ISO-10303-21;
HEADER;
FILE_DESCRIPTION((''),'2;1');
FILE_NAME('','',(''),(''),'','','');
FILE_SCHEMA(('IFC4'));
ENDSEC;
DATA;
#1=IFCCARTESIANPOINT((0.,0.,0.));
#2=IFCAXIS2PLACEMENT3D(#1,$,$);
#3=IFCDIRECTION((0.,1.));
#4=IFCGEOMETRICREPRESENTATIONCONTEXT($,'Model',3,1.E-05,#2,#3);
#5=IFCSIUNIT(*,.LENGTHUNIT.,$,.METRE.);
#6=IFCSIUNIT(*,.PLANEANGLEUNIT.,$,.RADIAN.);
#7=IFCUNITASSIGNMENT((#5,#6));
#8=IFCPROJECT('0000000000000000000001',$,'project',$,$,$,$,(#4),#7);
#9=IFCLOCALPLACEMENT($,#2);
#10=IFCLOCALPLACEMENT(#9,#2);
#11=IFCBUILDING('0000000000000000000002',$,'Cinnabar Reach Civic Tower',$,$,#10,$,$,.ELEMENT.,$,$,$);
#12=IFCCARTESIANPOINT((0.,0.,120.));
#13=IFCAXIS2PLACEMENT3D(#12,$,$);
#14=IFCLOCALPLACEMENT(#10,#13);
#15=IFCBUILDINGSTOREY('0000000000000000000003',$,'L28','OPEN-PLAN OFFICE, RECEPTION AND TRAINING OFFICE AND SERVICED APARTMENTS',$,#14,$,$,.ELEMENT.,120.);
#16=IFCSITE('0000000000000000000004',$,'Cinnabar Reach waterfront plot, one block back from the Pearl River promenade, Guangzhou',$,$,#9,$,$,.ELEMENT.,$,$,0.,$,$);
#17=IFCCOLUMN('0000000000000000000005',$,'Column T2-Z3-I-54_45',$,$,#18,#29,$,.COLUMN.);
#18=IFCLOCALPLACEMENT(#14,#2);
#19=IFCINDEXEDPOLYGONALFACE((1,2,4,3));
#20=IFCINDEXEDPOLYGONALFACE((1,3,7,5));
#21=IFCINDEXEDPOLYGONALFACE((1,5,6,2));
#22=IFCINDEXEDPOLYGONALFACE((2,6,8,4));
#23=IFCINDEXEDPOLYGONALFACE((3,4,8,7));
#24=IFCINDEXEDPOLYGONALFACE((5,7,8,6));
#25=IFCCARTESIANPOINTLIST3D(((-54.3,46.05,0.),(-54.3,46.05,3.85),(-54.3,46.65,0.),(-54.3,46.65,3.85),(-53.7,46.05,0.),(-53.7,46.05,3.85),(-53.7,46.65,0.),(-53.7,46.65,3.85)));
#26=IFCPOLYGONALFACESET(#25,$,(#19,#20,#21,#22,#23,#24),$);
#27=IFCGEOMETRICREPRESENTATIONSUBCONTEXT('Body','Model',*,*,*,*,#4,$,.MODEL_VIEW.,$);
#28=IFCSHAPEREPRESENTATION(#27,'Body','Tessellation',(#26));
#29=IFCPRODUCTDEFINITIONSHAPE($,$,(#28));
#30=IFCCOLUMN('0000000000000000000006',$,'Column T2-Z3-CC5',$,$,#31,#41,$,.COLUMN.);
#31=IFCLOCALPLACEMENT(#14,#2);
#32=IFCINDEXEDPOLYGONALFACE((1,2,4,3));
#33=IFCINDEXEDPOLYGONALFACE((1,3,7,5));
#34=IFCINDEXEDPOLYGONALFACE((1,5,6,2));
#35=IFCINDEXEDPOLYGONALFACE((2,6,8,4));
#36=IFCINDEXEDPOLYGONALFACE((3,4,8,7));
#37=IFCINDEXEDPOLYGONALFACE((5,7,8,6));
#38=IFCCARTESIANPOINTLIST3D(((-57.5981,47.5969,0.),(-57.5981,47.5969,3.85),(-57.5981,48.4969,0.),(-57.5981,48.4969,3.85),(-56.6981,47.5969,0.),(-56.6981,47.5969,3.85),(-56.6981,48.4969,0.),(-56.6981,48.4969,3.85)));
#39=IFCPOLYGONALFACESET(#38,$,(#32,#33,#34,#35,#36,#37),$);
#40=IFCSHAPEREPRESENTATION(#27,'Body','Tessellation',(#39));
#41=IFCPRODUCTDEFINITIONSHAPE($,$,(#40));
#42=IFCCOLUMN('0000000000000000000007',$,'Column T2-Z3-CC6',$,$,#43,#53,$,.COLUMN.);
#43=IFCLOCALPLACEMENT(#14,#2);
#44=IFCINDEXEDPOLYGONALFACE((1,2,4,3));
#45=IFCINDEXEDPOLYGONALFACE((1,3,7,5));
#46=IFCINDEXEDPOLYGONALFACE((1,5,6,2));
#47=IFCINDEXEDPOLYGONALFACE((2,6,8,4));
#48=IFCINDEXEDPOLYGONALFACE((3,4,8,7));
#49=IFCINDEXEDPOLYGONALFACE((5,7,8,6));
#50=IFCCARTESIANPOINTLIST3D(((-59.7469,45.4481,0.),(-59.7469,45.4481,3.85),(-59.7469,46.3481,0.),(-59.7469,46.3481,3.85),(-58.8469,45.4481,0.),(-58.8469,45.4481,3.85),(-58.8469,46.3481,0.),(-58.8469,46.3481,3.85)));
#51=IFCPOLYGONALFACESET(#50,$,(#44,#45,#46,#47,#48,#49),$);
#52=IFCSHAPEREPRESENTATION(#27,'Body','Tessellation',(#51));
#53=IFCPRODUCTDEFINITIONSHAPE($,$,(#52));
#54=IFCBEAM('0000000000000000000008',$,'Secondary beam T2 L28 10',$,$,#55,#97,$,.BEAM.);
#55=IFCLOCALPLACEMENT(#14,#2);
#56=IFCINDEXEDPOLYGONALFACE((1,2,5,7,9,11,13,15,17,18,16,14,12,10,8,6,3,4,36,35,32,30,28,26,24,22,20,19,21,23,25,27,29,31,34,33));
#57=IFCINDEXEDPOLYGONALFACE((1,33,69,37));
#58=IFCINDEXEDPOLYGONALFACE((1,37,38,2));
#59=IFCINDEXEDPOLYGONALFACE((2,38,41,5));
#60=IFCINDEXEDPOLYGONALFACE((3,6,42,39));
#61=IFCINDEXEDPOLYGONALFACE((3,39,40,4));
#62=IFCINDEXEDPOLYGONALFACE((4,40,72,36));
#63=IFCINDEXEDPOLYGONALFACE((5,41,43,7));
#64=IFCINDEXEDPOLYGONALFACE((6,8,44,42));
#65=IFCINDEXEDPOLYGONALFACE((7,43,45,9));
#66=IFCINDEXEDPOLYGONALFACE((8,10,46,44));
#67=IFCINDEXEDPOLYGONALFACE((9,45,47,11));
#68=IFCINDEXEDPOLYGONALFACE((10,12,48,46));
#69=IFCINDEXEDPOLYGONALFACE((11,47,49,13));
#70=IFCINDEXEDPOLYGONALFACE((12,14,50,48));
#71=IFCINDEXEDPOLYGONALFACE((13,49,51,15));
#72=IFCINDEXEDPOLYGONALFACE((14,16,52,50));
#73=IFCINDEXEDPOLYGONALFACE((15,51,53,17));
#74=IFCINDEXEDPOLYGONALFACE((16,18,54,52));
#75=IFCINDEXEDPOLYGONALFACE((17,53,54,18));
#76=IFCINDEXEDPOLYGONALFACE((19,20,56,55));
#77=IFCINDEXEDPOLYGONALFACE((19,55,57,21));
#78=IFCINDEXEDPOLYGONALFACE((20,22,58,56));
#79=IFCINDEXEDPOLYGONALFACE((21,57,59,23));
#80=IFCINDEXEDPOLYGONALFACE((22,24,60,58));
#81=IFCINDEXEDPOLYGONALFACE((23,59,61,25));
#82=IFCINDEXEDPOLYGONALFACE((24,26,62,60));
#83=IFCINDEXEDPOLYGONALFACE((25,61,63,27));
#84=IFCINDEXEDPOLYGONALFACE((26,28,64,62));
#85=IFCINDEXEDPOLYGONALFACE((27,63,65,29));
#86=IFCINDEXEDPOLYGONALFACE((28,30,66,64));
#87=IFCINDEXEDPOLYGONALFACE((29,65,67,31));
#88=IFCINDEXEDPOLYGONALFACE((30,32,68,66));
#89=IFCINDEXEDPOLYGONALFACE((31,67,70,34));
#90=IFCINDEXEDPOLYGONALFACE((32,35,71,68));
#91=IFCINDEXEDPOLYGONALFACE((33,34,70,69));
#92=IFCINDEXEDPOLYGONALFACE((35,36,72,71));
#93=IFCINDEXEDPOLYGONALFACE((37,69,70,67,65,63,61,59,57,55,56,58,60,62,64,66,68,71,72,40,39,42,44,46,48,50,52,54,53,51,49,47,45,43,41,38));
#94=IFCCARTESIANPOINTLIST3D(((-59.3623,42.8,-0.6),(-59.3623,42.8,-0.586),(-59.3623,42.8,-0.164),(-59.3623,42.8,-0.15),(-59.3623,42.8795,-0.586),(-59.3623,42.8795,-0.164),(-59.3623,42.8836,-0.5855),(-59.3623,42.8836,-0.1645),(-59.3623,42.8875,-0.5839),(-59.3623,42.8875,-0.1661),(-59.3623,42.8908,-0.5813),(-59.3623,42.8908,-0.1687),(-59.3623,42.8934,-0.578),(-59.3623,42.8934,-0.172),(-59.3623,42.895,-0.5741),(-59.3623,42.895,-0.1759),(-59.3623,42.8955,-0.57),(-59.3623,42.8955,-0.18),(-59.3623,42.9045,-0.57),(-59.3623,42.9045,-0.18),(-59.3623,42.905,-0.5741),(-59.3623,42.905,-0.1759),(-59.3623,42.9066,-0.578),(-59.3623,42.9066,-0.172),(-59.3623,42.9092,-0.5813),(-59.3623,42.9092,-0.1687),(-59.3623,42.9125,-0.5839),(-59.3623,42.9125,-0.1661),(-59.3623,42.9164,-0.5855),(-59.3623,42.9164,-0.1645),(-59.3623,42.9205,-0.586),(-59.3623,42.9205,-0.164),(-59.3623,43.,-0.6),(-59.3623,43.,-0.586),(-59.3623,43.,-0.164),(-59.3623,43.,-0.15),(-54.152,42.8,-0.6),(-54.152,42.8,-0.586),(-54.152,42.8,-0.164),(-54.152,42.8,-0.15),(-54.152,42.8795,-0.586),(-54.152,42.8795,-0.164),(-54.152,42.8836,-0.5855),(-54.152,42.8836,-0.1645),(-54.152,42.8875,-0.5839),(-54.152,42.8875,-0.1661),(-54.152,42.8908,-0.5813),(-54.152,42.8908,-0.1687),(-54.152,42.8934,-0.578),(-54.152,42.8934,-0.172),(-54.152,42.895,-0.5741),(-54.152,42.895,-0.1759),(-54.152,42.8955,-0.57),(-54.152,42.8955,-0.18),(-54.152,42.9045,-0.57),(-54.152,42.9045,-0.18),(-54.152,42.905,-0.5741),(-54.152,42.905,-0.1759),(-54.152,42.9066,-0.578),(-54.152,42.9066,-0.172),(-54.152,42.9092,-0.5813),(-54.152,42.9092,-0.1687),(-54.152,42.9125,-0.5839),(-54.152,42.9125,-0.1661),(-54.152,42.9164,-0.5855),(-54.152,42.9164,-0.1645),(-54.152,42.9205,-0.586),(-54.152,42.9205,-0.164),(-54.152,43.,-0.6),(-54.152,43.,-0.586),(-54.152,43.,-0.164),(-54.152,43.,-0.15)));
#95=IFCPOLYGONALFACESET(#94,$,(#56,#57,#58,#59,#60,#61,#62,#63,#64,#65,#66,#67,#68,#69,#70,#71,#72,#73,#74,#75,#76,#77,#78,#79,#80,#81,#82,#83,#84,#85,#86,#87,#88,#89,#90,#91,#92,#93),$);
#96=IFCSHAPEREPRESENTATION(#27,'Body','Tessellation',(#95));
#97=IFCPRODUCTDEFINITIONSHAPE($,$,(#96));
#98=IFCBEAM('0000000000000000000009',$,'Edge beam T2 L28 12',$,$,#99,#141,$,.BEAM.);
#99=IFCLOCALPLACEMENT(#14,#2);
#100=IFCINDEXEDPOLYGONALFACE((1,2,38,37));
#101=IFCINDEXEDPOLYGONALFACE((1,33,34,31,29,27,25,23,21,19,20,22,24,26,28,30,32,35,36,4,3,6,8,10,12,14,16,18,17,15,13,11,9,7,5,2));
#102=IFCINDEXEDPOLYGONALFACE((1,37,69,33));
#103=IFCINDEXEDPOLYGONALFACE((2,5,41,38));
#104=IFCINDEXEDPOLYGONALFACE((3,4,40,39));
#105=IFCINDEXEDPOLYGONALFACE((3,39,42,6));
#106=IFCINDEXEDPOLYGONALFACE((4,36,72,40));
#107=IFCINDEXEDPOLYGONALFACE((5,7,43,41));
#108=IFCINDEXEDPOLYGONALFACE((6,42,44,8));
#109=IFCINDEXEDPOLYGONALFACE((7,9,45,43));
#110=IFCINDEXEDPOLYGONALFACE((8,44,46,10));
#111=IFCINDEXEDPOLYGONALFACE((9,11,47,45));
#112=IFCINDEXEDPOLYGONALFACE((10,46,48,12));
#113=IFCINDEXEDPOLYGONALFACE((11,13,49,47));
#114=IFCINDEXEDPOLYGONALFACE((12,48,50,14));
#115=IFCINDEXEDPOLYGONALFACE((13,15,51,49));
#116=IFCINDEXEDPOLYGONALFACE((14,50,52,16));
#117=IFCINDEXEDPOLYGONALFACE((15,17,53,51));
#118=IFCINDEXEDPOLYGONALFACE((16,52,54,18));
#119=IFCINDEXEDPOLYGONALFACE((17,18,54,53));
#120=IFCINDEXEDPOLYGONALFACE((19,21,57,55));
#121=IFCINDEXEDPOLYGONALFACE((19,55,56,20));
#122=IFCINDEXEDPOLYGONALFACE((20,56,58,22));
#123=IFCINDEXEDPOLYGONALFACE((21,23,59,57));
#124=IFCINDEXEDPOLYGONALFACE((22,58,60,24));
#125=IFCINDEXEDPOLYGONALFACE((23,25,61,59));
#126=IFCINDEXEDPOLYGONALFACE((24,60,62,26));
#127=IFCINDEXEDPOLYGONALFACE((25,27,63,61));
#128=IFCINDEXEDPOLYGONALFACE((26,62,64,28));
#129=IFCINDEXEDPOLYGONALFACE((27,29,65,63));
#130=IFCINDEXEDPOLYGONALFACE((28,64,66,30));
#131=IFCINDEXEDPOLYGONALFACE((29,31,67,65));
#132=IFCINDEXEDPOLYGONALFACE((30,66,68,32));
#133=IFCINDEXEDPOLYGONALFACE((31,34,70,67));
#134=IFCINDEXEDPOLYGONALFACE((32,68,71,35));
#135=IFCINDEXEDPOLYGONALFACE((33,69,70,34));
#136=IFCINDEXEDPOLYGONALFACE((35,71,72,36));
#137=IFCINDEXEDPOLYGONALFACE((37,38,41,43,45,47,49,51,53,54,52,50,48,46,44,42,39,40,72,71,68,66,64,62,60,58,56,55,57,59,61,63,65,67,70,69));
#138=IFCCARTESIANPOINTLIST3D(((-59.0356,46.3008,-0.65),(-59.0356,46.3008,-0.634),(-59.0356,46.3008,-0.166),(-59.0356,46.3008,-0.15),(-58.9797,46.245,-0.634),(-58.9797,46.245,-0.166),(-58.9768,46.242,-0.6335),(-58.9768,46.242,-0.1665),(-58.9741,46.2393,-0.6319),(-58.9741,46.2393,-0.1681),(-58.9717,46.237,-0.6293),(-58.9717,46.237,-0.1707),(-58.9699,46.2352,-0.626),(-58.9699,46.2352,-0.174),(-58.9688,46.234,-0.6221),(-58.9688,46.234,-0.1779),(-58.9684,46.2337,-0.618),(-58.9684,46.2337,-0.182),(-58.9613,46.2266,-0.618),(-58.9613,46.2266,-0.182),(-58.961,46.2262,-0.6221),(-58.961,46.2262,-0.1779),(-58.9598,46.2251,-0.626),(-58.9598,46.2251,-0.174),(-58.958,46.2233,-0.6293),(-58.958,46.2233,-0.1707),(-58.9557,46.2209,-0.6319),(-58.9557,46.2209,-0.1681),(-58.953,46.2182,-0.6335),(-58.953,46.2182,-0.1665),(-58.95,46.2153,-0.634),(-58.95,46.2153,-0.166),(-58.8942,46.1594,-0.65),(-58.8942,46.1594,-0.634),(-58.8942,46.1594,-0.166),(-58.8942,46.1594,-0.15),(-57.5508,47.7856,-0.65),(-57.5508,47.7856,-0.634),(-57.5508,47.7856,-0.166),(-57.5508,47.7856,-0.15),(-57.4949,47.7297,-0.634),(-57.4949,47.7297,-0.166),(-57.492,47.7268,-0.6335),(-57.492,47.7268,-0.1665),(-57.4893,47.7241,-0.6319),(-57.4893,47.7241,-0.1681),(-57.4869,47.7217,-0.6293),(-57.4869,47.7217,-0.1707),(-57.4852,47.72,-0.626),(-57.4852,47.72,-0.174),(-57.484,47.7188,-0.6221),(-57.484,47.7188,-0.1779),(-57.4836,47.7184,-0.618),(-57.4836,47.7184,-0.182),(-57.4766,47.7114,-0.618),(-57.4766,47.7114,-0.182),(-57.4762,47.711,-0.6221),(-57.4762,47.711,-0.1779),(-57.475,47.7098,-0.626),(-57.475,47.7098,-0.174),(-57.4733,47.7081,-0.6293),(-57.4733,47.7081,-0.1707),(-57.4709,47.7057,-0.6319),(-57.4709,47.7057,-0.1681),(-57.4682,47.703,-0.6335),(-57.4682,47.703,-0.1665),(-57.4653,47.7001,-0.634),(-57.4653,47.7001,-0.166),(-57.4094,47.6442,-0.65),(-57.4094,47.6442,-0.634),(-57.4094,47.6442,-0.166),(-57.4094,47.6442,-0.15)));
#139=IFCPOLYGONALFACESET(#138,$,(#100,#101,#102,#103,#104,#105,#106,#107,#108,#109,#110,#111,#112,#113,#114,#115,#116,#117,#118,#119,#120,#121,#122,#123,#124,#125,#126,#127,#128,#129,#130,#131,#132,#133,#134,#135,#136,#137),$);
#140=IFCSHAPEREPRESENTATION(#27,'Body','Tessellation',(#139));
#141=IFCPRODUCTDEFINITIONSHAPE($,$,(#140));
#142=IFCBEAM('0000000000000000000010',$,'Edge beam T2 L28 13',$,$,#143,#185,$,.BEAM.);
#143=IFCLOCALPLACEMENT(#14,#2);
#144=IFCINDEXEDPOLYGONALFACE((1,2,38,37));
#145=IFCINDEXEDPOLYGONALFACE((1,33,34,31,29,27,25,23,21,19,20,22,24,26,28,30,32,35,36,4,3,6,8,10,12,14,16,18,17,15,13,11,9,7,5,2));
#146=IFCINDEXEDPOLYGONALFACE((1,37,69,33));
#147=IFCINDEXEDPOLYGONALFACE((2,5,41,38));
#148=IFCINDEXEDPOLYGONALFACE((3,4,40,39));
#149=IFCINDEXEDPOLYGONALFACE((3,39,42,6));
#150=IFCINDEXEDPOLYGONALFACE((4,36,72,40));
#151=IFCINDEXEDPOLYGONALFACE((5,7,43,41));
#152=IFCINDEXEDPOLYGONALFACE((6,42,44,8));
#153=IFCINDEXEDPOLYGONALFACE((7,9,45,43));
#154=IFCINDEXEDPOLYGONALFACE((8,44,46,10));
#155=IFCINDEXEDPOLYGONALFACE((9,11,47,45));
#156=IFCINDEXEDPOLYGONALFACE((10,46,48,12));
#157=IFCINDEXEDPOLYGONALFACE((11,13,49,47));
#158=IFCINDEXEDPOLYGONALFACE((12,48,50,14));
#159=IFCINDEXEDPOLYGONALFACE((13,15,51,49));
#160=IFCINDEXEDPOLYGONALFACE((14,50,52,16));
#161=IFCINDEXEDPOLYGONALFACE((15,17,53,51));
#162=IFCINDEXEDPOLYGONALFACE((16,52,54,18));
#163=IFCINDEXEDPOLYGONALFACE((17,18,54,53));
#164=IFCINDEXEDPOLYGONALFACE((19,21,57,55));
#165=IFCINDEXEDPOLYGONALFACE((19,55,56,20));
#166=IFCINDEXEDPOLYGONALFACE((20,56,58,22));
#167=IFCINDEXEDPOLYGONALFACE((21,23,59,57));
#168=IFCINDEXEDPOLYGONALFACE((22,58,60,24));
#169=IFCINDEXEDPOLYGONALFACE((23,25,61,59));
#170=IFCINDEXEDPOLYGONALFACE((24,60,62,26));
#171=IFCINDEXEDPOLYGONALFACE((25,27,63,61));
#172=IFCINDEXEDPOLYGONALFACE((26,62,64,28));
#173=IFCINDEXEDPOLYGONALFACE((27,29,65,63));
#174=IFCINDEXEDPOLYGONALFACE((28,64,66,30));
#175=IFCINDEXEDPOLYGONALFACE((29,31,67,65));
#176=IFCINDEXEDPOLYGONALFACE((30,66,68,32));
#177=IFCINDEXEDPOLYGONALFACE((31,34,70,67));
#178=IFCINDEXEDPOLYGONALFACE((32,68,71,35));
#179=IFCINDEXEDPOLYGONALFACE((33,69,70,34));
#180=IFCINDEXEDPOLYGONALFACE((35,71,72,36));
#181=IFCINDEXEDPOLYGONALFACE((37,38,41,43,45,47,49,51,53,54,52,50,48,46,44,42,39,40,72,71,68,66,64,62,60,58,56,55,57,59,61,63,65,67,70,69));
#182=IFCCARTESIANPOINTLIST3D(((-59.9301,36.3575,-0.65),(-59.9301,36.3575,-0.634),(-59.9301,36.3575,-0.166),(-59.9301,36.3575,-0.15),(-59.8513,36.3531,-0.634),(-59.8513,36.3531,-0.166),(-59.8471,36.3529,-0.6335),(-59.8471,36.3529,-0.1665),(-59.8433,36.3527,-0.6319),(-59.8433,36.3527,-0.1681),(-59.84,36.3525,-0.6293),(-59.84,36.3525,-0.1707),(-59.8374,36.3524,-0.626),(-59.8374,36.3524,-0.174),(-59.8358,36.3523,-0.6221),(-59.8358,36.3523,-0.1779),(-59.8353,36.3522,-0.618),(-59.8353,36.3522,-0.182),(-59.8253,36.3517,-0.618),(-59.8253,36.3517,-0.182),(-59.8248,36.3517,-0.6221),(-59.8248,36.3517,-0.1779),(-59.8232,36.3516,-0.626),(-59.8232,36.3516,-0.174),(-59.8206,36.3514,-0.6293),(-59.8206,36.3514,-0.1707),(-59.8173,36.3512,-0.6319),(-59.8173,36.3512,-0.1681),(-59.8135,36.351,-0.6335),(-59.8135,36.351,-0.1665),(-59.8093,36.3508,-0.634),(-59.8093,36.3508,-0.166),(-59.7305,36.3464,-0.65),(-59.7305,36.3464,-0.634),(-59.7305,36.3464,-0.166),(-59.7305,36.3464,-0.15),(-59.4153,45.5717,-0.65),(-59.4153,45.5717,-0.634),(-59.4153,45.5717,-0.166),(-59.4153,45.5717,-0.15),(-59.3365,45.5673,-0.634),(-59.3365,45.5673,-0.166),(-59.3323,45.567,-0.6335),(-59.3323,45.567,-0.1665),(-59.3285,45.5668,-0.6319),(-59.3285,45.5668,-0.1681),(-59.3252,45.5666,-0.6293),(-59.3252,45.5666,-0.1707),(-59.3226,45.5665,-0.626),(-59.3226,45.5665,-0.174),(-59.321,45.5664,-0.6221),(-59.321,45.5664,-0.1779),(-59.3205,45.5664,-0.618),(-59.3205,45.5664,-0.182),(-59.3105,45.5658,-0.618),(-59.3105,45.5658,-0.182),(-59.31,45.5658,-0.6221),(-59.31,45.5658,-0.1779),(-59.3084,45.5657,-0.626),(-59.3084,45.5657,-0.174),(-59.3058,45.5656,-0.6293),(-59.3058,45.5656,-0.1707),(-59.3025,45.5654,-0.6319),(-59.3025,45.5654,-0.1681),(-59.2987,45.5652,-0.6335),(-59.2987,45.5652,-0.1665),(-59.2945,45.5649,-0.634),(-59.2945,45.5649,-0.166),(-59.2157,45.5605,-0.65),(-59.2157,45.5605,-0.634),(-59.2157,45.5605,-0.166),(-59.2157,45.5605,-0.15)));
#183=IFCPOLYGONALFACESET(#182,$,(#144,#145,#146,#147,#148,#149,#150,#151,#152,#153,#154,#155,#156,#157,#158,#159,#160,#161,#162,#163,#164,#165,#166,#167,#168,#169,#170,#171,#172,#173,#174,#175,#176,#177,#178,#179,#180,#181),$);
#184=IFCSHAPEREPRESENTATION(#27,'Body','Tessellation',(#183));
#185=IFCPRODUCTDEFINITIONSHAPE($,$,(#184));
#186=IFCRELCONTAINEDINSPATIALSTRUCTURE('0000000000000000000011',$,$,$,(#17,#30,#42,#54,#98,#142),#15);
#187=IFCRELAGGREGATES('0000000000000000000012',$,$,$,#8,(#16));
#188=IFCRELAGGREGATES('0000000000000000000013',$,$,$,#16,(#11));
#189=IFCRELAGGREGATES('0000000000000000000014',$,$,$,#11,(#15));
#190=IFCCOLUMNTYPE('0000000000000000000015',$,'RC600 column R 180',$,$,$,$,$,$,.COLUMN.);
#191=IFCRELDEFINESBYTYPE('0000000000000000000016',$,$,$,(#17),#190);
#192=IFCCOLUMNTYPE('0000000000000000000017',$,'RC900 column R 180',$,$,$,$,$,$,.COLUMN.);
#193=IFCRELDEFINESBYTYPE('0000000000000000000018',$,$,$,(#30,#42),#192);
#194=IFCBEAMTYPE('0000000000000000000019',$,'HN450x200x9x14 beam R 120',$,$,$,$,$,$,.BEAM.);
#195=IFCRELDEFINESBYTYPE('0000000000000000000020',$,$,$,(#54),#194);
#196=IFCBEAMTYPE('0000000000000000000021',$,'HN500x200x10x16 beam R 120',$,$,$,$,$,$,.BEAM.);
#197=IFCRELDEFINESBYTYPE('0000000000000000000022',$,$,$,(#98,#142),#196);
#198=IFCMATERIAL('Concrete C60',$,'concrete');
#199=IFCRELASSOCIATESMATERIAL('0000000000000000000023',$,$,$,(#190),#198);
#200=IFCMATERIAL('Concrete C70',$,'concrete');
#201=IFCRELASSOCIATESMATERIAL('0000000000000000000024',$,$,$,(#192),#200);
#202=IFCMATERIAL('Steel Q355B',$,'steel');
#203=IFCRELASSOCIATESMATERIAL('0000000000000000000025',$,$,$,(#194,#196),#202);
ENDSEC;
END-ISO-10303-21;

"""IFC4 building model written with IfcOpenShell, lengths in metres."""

from ifc_helpers import new_model, si_unit, direction, frame, origin, origin_2d, place, context, subcontext, project, spatial, rectangle, i_section, extrude, material, material_profile, profile_set, type_object, element, save


model = new_model("IFC4")

# Units and contexts
model_context = context("Model", 3, precision=1e-05, world=origin(), true_north=direction((0.0, 1.0)))
body_context = subcontext(model_context, "Body", "Model", "MODEL_VIEW")
ifc_project = project(units=[si_unit("LENGTHUNIT", "METRE"), si_unit("PLANEANGLEUNIT", "RADIAN")], contexts=[model_context])

# Site, building, storey
site_placement = place(None, origin())
site = spatial("IfcSite", under=ifc_project, at=site_placement, Name="Cinnabar Reach waterfront plot, one block back from the Pearl River promenade, Guangzhou", CompositionType="ELEMENT", RefElevation=0.0)
building_placement = place(site_placement, origin())
building = spatial("IfcBuilding", under=site, at=building_placement, Name="Cinnabar Reach Civic Tower", CompositionType="ELEMENT")
storey_placement = place(building_placement, frame((0.0, 0.0, 120.0)))
storey = spatial("IfcBuildingStorey", under=building, at=storey_placement, Name="L28", Description="OPEN-PLAN OFFICE, RECEPTION AND TRAINING OFFICE AND SERVICED APARTMENTS", CompositionType="ELEMENT", Elevation=120.0)

# Columns
ifc_material_1 = material(Name="Concrete C60", Category="concrete")
ifc_material_profile_1 = material_profile(ifc_material_1, rectangle(XDim=0.6, YDim=0.6, at=origin_2d()), Name="RC600")
ifc_profile_set_1 = profile_set([ifc_material_profile_1], Name="Concrete C60")
column_type_1 = type_object("IfcColumnType", Name="RC600 column R 180", PredefinedType="COLUMN", material=ifc_profile_set_1)
column_placement = place(storey_placement, frame((-54.0, 46.35, 0.0), z_axis=(0.0, 0.0, 1.0), x_axis=(1.0, 0.0, 0.0)))
element("IfcColumn", 1, at=column_placement, inside=storey, type_object=column_type_1, Name="Column T2-Z3-I-54_45", PredefinedType="COLUMN", context=body_context, shape_type="SweptSolid", body=[
    extrude(rectangle(XDim=0.6, YDim=0.6, at=origin_2d()), origin(), (0.0, 0.0, 1.0), 3.85),
])
ifc_material_2 = material(Name="Concrete C70", Category="concrete")
ifc_material_profile_2 = material_profile(ifc_material_2, rectangle(XDim=0.9, YDim=0.9, at=origin_2d()), Name="RC900")
ifc_profile_set_2 = profile_set([ifc_material_profile_2], Name="Concrete C70")
column_type_2 = type_object("IfcColumnType", Name="RC900 column R 180", PredefinedType="COLUMN", material=ifc_profile_set_2)
for number, where, z_axis, x_axis, name in (
    (2, (-57.1481, 48.0469, 0.0), (0.0, 0.0, 1.0), (1.0, 0.0, 0.0), "Column T2-Z3-CC5"),
    (3, (-59.2969, 45.8981, 0.0), (0.0, 0.0, 1.0), (1.0, 0.0, 0.0), "Column T2-Z3-CC6"),
):
    element("IfcColumn", number, at=place(storey_placement, frame(where, z_axis=z_axis, x_axis=x_axis)), inside=storey, type_object=column_type_2, Name=name, PredefinedType="COLUMN", context=body_context, shape_type="SweptSolid", body=[
        extrude(rectangle(XDim=0.9, YDim=0.9, at=origin_2d()), origin(), (0.0, 0.0, 1.0), 3.85),
    ])

# Beams
ifc_material_3 = material(Name="Steel Q355B", Category="steel")
ifc_material_profile_3 = material_profile(ifc_material_3, i_section(OverallWidth=0.2, OverallDepth=0.45, WebThickness=0.009, FlangeThickness=0.014, FilletRadius=0.016, at=origin_2d()), Name="HN450x200x9x14")
ifc_profile_set_3 = profile_set([ifc_material_profile_3], Name="Steel Q355B")
beam_type_1 = type_object("IfcBeamType", Name="HN450x200x9x14 beam R 120", PredefinedType="BEAM", material=ifc_profile_set_3)
beam_1_placement = place(storey_placement, frame((-59.3623, 42.9, -0.375), z_axis=(1.0, 0.0, 0.0), x_axis=(0.0, 1.0, 0.0)))
element("IfcBeam", 4, at=beam_1_placement, inside=storey, type_object=beam_type_1, Name="Secondary beam T2 L28 10", PredefinedType="BEAM", context=body_context, shape_type="SweptSolid", body=[
    extrude(i_section(OverallWidth=0.2, OverallDepth=0.45, WebThickness=0.009, FlangeThickness=0.014, FilletRadius=0.016, at=origin_2d()), origin(), (0.0, 0.0, 1.0), 5.2103),
])
ifc_material_profile_4 = material_profile(ifc_material_3, i_section(OverallWidth=0.2, OverallDepth=0.5, WebThickness=0.01, FlangeThickness=0.016, FilletRadius=0.016, at=origin_2d()), Name="HN500x200x10x16")
ifc_profile_set_4 = profile_set([ifc_material_profile_4], Name="Steel Q355B")
beam_type_2 = type_object("IfcBeamType", Name="HN500x200x10x16 beam R 120", PredefinedType="BEAM", material=ifc_profile_set_4)
beam_2_placement = place(storey_placement, frame((-57.4801, 47.7149, -0.4), z_axis=(-0.707107, -0.707107, 0.0), x_axis=(0.707107, -0.707107, 0.0)))
element("IfcBeam", 5, at=beam_2_placement, inside=storey, type_object=beam_type_2, Name="Edge beam T2 L28 12", PredefinedType="BEAM", context=body_context, shape_type="SweptSolid", body=[
    extrude(i_section(OverallWidth=0.2, OverallDepth=0.5, WebThickness=0.01, FlangeThickness=0.016, FilletRadius=0.016, at=origin_2d()), origin(), (0.0, 0.0, 1.0), 2.0998),
])
beam_3_placement = place(storey_placement, frame((-59.3155, 45.5661, -0.4), z_axis=(-0.055784, -0.998443, 0.0), x_axis=(0.998443, -0.055784, 0.0)))
element("IfcBeam", 6, at=beam_3_placement, inside=storey, type_object=beam_type_2, Name="Edge beam T2 L28 13", PredefinedType="BEAM", context=body_context, shape_type="SweptSolid", body=[
    extrude(i_section(OverallWidth=0.2, OverallDepth=0.5, WebThickness=0.01, FlangeThickness=0.016, FilletRadius=0.016, at=origin_2d()), origin(), (0.0, 0.0, 1.0), 9.2285),
])

save(model, "model.ifc")
